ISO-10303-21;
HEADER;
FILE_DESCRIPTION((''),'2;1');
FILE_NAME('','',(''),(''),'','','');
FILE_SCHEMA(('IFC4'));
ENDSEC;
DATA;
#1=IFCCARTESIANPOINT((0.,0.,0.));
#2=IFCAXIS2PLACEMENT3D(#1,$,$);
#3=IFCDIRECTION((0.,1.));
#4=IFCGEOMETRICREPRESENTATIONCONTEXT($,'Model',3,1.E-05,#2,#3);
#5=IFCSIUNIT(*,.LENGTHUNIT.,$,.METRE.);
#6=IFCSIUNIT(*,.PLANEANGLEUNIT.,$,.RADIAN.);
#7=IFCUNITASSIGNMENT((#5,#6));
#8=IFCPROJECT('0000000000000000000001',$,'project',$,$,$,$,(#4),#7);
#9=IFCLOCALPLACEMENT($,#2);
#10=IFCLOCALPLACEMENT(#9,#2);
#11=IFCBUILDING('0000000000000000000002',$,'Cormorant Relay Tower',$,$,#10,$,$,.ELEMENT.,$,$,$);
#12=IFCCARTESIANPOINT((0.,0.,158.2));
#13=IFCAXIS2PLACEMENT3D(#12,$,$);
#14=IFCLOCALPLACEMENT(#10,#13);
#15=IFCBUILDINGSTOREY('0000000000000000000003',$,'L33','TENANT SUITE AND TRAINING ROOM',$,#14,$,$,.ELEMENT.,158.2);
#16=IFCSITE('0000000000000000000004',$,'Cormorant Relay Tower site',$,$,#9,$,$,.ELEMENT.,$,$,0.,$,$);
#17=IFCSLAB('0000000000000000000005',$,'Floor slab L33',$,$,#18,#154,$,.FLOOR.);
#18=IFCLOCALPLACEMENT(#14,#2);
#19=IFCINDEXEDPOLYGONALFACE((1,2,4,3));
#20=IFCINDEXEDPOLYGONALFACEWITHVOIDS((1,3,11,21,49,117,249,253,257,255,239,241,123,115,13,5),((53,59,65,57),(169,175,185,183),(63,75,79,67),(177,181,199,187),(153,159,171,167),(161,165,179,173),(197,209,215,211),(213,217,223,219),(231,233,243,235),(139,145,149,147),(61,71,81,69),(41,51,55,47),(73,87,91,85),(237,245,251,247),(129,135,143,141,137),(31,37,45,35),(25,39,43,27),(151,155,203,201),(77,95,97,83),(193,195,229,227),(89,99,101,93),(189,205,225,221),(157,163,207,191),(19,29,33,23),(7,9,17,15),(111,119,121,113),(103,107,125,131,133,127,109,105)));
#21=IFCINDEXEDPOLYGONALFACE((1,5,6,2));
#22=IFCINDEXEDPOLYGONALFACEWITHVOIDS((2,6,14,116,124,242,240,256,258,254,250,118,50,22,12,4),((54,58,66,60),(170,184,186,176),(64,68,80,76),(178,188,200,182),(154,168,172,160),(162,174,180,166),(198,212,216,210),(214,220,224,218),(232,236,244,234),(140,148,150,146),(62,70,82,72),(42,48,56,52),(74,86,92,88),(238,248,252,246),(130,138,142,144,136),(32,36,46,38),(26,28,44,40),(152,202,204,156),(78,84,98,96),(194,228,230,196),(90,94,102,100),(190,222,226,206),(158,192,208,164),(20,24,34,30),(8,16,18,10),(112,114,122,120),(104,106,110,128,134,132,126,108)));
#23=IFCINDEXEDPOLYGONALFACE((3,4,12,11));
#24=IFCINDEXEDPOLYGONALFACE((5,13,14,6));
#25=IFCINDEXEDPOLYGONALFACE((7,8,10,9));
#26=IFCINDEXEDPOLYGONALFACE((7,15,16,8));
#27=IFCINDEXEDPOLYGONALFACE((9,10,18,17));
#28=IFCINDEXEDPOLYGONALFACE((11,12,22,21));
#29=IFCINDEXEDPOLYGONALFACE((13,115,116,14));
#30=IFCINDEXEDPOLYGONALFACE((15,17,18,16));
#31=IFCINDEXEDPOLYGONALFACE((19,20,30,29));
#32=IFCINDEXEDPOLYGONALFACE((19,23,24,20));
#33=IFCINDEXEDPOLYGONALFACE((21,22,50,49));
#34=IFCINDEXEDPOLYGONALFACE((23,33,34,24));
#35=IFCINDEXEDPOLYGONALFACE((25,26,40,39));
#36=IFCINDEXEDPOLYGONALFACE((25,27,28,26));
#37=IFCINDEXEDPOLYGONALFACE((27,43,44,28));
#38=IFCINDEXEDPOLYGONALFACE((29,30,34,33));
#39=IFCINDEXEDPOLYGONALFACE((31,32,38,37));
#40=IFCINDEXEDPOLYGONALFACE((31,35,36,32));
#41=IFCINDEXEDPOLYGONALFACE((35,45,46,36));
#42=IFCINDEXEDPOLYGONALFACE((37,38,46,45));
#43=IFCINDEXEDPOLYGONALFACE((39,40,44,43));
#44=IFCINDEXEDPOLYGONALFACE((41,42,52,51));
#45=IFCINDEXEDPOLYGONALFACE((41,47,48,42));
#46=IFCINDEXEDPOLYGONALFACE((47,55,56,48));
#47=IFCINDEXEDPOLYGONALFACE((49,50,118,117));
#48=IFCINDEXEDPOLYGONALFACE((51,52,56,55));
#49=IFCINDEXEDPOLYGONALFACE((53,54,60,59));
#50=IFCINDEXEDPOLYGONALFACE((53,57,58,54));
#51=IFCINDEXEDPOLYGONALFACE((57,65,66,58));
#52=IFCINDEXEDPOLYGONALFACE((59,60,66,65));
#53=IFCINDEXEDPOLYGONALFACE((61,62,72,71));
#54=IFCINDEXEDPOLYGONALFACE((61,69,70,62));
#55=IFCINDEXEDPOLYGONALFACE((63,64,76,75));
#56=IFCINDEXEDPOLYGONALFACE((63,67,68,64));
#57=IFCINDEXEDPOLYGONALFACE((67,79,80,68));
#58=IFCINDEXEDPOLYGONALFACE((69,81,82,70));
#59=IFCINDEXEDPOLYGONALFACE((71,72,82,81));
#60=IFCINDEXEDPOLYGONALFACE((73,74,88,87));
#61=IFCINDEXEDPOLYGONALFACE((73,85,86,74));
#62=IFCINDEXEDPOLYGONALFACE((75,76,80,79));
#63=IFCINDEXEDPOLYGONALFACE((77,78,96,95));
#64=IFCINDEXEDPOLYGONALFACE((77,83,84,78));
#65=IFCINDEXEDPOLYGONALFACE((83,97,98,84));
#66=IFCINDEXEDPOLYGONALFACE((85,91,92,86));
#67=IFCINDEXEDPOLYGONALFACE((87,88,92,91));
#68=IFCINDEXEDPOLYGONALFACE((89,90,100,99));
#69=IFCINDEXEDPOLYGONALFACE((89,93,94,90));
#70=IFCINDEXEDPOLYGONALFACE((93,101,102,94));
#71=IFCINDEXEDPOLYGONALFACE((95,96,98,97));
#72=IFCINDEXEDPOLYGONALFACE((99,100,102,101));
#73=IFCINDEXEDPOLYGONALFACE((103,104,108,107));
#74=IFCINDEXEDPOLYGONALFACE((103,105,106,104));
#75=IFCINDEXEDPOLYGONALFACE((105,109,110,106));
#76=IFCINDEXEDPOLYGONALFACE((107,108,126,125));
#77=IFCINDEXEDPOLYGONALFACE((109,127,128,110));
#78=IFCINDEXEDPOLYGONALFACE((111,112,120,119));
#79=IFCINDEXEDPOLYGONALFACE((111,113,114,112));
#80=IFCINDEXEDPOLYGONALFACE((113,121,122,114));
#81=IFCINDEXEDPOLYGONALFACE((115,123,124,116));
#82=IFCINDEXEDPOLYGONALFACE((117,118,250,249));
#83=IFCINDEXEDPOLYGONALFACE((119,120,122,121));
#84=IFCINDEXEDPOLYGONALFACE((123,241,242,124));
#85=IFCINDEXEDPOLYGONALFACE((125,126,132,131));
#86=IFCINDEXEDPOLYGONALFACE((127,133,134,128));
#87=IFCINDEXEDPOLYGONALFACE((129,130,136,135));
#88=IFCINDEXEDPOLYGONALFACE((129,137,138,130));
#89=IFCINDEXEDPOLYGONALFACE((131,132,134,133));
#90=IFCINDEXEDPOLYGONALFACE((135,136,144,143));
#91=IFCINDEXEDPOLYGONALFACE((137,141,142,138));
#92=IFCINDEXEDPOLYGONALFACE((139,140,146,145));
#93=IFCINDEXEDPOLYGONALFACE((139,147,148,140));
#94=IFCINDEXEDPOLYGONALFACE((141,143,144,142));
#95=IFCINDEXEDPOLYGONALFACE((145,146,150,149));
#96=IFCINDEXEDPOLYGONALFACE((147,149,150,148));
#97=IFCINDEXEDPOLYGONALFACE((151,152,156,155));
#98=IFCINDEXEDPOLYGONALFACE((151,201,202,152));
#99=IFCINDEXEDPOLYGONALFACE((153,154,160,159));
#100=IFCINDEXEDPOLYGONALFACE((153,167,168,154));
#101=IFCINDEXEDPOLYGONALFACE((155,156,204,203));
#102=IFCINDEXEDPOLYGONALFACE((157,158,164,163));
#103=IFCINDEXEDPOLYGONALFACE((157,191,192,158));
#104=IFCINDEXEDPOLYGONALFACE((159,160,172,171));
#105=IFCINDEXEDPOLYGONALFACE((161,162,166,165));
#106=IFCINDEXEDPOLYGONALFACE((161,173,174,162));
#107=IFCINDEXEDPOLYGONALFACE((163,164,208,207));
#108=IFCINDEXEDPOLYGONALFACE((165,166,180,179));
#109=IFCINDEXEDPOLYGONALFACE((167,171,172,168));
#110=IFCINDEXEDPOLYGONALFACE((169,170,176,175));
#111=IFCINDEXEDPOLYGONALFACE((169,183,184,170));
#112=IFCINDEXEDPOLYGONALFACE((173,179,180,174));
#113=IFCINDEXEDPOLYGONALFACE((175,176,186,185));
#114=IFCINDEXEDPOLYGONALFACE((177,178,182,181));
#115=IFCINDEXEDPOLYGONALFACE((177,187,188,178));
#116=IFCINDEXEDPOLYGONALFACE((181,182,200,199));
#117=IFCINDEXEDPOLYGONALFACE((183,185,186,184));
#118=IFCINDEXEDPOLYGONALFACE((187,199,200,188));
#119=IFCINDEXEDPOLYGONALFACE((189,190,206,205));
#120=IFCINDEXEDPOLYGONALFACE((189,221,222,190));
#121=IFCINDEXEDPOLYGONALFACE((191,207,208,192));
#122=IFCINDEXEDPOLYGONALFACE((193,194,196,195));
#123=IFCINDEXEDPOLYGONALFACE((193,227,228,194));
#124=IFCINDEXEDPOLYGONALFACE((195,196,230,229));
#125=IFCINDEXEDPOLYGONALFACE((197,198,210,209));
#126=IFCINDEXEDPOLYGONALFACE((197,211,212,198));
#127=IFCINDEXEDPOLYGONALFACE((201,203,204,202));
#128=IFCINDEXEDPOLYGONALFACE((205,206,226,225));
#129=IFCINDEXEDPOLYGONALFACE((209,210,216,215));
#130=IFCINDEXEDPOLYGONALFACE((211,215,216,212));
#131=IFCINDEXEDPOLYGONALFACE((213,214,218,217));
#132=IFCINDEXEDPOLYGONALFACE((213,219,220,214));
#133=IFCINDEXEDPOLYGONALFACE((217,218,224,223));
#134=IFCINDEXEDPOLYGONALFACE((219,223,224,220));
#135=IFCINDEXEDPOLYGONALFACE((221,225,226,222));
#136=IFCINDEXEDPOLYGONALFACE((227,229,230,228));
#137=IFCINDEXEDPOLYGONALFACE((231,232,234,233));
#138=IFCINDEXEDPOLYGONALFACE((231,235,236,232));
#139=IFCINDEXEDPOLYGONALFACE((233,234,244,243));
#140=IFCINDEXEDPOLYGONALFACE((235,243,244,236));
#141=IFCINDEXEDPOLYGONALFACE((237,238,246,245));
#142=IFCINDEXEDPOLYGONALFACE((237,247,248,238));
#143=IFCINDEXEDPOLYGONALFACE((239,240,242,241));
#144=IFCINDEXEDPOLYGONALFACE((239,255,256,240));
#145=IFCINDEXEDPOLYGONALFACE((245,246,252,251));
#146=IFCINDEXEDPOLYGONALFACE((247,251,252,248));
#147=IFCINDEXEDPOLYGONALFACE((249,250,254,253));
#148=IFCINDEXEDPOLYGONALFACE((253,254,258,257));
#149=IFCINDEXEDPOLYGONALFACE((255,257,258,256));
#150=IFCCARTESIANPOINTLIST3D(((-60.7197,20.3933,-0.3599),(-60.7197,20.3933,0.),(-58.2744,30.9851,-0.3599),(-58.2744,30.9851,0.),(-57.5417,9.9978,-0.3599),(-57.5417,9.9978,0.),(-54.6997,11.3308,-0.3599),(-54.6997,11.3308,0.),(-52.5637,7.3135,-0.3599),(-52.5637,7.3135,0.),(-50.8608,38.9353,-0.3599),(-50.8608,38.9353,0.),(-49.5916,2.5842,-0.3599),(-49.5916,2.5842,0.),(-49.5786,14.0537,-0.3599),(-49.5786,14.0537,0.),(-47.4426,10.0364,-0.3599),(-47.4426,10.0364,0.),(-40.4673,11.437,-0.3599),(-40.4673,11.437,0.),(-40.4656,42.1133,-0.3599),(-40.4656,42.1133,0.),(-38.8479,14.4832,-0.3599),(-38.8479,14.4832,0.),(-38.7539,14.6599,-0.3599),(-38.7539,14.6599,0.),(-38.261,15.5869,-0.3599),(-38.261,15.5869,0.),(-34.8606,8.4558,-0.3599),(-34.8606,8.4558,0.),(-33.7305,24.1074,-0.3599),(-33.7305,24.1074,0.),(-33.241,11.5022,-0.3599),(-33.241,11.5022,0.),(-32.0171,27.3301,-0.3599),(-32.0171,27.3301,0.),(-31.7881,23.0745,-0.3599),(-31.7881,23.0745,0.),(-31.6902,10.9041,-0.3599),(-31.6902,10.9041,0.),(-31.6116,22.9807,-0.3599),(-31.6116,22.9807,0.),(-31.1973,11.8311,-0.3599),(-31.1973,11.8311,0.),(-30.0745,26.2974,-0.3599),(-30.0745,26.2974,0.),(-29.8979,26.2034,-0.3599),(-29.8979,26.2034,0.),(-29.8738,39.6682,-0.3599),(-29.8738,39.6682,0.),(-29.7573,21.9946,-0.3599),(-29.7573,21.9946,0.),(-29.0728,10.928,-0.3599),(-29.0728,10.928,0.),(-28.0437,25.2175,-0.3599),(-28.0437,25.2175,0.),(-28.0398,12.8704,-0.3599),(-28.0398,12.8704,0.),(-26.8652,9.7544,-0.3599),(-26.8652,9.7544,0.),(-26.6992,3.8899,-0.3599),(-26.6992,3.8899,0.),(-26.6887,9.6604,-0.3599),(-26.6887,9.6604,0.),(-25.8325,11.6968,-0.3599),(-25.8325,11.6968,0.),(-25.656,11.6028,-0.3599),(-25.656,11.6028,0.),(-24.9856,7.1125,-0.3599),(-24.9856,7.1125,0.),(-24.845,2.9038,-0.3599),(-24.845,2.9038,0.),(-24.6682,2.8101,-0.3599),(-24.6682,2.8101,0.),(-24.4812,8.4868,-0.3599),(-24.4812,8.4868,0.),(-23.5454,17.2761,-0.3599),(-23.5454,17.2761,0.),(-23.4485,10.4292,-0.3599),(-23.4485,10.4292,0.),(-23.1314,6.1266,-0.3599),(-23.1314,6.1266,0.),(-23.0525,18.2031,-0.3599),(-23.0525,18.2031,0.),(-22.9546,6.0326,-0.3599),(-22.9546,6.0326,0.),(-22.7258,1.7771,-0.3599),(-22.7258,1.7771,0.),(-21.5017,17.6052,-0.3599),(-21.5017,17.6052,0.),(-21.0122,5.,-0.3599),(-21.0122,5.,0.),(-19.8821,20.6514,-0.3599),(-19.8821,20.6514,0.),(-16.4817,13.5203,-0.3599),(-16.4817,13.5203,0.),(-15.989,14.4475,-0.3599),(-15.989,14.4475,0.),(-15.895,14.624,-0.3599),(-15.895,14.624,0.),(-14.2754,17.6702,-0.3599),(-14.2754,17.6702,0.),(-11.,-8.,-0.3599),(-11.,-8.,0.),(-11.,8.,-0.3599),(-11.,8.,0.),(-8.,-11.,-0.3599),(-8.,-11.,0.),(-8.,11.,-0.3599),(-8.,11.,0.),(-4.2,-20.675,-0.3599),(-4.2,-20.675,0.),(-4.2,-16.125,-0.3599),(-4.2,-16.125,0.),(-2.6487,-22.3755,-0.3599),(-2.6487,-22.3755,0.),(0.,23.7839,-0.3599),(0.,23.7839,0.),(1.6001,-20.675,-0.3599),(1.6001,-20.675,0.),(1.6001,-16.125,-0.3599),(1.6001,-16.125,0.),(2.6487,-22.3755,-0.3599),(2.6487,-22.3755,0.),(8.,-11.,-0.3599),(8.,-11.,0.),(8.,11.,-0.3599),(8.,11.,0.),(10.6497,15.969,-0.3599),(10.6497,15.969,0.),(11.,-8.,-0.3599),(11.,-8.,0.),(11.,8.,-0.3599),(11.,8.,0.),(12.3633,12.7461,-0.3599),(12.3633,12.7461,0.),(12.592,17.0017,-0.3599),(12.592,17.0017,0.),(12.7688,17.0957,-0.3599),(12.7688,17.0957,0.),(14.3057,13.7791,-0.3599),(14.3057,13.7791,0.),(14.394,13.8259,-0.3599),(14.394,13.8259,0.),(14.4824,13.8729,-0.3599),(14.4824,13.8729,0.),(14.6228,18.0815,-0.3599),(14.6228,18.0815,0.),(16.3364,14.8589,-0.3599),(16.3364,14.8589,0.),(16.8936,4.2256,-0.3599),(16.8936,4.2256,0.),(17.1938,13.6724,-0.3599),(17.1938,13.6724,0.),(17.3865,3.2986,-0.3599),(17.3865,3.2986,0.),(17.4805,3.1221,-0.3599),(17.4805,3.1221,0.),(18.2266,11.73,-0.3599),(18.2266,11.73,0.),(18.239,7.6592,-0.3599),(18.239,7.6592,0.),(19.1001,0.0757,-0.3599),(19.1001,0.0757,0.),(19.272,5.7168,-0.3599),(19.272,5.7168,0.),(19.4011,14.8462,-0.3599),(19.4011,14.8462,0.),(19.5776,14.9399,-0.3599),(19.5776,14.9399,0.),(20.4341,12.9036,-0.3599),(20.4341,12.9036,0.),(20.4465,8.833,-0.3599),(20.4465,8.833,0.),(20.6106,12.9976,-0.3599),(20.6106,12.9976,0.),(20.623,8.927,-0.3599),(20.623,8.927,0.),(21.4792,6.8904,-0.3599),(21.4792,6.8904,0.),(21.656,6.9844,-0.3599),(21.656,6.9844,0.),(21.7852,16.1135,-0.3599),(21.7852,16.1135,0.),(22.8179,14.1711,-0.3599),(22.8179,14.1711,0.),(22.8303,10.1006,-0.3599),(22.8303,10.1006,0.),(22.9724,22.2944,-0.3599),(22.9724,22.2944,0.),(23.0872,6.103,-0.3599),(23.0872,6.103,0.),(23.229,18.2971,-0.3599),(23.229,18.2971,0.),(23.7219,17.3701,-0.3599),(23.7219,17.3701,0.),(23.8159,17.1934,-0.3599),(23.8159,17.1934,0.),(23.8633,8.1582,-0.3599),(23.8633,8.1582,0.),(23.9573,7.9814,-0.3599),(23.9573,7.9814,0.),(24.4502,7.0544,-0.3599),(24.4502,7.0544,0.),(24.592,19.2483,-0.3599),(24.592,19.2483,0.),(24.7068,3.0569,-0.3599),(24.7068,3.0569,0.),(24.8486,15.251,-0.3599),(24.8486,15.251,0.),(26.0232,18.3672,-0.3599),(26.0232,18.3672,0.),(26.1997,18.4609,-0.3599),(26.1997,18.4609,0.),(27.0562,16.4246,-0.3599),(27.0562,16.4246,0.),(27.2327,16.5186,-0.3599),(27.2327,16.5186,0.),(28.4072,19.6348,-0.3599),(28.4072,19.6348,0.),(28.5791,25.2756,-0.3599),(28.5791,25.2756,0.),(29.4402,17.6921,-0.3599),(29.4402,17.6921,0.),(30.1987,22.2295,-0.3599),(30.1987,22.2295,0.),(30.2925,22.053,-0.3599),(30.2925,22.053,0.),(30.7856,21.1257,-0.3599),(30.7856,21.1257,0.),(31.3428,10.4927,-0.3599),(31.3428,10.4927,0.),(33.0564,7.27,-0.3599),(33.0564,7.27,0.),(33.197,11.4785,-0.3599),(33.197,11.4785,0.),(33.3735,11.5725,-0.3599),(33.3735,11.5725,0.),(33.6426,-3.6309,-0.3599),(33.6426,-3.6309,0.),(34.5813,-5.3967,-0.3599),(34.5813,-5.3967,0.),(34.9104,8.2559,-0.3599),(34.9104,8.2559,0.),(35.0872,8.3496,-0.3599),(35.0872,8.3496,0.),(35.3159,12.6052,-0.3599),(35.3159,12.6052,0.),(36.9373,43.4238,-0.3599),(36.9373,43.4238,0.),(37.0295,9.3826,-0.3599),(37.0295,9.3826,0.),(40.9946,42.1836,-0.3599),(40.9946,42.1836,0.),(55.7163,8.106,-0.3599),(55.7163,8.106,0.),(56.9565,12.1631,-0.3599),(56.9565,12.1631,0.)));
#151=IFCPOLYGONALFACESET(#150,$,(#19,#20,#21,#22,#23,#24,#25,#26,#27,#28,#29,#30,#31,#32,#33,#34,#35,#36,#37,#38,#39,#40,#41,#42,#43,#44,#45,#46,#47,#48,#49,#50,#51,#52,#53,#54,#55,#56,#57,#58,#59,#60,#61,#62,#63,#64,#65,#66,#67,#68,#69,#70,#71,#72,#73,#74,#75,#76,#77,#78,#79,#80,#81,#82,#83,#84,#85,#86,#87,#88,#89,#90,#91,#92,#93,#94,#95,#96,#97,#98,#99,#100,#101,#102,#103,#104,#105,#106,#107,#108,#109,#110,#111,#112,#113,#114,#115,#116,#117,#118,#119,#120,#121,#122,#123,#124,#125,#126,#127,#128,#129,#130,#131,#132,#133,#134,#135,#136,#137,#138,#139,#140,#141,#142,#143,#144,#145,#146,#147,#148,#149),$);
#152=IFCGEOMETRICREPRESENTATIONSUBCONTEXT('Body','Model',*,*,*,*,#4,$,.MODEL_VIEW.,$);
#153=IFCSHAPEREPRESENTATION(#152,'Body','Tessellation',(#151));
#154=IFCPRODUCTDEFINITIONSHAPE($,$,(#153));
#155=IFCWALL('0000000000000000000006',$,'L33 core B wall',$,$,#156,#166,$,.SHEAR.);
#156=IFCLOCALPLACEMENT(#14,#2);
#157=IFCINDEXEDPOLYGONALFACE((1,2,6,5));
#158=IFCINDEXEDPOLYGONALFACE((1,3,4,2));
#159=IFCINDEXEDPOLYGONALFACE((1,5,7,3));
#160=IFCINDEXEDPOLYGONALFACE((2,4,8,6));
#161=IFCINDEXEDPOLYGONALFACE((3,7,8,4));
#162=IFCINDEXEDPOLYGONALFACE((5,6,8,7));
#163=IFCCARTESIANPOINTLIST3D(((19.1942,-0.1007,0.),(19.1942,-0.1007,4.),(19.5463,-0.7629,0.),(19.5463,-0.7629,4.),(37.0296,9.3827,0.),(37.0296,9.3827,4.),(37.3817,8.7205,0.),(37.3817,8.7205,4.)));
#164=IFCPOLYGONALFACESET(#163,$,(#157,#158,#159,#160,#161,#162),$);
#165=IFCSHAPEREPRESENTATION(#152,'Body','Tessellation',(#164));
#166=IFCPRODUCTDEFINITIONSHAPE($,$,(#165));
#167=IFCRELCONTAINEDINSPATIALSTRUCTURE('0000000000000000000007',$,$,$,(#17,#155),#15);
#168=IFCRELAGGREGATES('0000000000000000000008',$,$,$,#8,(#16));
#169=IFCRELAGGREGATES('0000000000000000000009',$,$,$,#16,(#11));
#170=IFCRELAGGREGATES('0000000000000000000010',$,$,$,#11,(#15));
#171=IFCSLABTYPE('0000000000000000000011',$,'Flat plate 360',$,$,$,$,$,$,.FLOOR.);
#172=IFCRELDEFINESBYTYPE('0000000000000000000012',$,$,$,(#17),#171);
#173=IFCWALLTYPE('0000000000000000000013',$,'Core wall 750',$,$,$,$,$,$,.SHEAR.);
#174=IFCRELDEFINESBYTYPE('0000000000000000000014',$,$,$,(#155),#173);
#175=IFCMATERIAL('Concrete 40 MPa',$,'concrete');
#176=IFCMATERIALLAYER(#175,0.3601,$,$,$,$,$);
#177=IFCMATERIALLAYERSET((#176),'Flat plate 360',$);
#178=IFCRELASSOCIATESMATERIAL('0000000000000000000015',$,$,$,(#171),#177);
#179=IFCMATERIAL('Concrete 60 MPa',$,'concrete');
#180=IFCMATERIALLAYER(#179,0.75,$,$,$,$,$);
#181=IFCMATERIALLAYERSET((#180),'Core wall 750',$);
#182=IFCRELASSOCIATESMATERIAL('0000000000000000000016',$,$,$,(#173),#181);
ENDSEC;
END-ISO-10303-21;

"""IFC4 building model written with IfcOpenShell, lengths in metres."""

from ifc_helpers import new_model, si_unit, direction, frame, frame_2d, origin, place, context, subcontext, project, spatial, polyline, rectangle, outline, extrude, material, layer, layer_set, type_object, element, save


model = new_model("IFC4")

# Units and contexts
model_context = context("Model", 3, precision=1e-05, world=origin(), true_north=direction((0.0, 1.0)))
body_context = subcontext(model_context, "Body", "Model", "MODEL_VIEW")
ifc_project = project(units=[si_unit("LENGTHUNIT", "METRE"), si_unit("PLANEANGLEUNIT", "RADIAN")], contexts=[model_context])

# Site, building, storey
site_placement = place(None, origin())
site = spatial("IfcSite", under=ifc_project, at=site_placement, Name="Cormorant Relay Tower site", CompositionType="ELEMENT", RefElevation=0.0)
building_placement = place(site_placement, origin())
building = spatial("IfcBuilding", under=site, at=building_placement, Name="Cormorant Relay Tower", CompositionType="ELEMENT")
storey_placement = place(building_placement, frame((0.0, 0.0, 158.2)))
storey = spatial("IfcBuildingStorey", under=building, at=storey_placement, Name="L33", Description="TENANT SUITE AND TRAINING ROOM", CompositionType="ELEMENT", Elevation=158.2)

# Slab
ifc_material_1 = material(Name="Concrete 40 MPa", Category="concrete")
ifc_layer_1 = layer(ifc_material_1, 0.3601)
ifc_layer_set_1 = layer_set([ifc_layer_1], Name="Flat plate 360")
slab_type = type_object("IfcSlabType", Name="Flat plate 360", PredefinedType="FLOOR", material=ifc_layer_set_1)
slab_placement = place(storey_placement, frame((0.0, 0.0, -0.3599)))
element("IfcSlab", 1, at=slab_placement, inside=storey, type_object=slab_type, Name="Floor slab L33", PredefinedType="FLOOR", context=body_context, shape_type="SweptSolid", body=[
    extrude(outline(polyline([(-60.7197, 20.3933), (-58.2744, 30.9851), (-50.8608, 38.9353), (-40.4656, 42.1133), (-29.8738, 39.6682), (0.0, 23.7839), (36.9373, 43.4238), (40.9946, 42.1836), (56.9565, 12.1631), (55.7163, 8.106), (33.6426, -3.6309), (34.5813, -5.3967), (2.6487, -22.3755), (-2.6487, -22.3755), (-49.5916, 2.5842), (-57.5417, 9.9978), (-60.7197, 20.3933)]), holes=[polyline([(11.0, -8.0), (11.0, 8.0), (8.0, 11.0), (-8.0, 11.0), (-11.0, 8.0), (-11.0, -8.0), (-8.0, -11.0), (8.0, -11.0), (11.0, -8.0)]), polyline([(-4.2, -16.125), (-4.2, -20.675), (1.6001, -20.675), (1.6001, -16.125), (-4.2, -16.125)]), polyline([(-22.9546, 6.0327), (-24.6682, 2.8101), (-22.7258, 1.7771), (-21.0122, 5.0), (-23.043, 6.0796), (-22.9546, 6.0327)]), polyline([(-24.9856, 7.1125), (-26.6992, 3.8899), (-24.845, 2.9038), (-23.1313, 6.1267), (-23.043, 6.0796), (-24.9856, 7.1125)]), polyline([(-26.6887, 9.6604), (-24.4812, 8.4868), (-23.4485, 10.4292), (-25.656, 11.6028), (-26.6887, 9.6604)]), polyline([(-49.5786, 14.0537), (-54.6997, 11.3308), (-52.5637, 7.3135), (-47.4426, 10.0364), (-49.5786, 14.0537)]), polyline([(-28.0398, 12.8704), (-29.0728, 10.928), (-26.8652, 9.7544), (-25.8325, 11.6968), (-28.0398, 12.8704)]), polyline([(-38.8479, 14.4832), (-40.4673, 11.437), (-34.8606, 8.4558), (-33.241, 11.5022), (-38.8479, 14.4832)]), polyline([(-38.261, 15.5869), (-38.7539, 14.6599), (-31.6902, 10.9041), (-31.1973, 11.8311), (-38.261, 15.5869)]), polyline([(14.3057, 13.7791), (12.592, 17.0017), (10.6497, 15.969), (12.3633, 12.7461), (14.394, 13.8259), (14.3057, 13.7791)]), polyline([(16.3364, 14.8589), (14.6228, 18.0815), (12.7688, 17.0957), (14.4824, 13.8728), (14.394, 13.8259), (16.3364, 14.8589)]), polyline([(-16.4817, 13.5203), (-15.989, 14.4475), (-23.0525, 18.2031), (-23.5454, 17.2761), (-16.4817, 13.5203)]), polyline([(-21.5017, 17.6052), (-15.895, 14.624), (-14.2754, 17.6702), (-19.8821, 20.6514), (-21.5017, 17.6052)]), polyline([(-31.6116, 22.9807), (-29.7573, 21.9946), (-28.0437, 25.2175), (-29.8979, 26.2034), (-31.6116, 22.9807)]), polyline([(-32.0171, 27.3301), (-33.7305, 24.1074), (-31.7881, 23.0745), (-30.0745, 26.2974), (-32.0171, 27.3301)]), polyline([(17.4805, 3.1221), (19.1001, 0.0757), (24.7068, 3.0569), (23.0872, 6.103), (17.4805, 3.1221)]), polyline([(16.8936, 4.2256), (17.3865, 3.2986), (24.4502, 7.0544), (23.9573, 7.9814), (16.8936, 4.2256)]), polyline([(20.4465, 8.833), (18.239, 7.6592), (19.272, 5.7168), (21.4792, 6.8904), (20.4465, 8.833)]), polyline([(20.623, 8.927), (21.656, 6.9844), (23.8633, 8.1582), (22.8303, 10.1006), (20.623, 8.927)]), polyline([(33.197, 11.4785), (31.3428, 10.4927), (33.0564, 7.27), (34.9104, 8.2559), (33.197, 11.4785)]), polyline([(33.3735, 11.5725), (35.0872, 8.3496), (37.0295, 9.3826), (35.3159, 12.6052), (33.3735, 11.5725)]), polyline([(19.4011, 14.8462), (17.1938, 13.6724), (18.2266, 11.73), (20.4341, 12.9036), (19.4011, 14.8462)]), polyline([(22.8179, 14.1711), (21.7852, 16.1135), (19.5776, 14.9399), (20.6106, 12.9976), (22.8179, 14.1711)]), polyline([(26.0232, 18.3672), (23.8159, 17.1934), (24.8486, 15.251), (27.0562, 16.4246), (26.0232, 18.3672)]), polyline([(29.4402, 17.6921), (28.4072, 19.6348), (26.1997, 18.4609), (27.2327, 16.5186), (29.4402, 17.6921)]), polyline([(30.7856, 21.1257), (30.2925, 22.053), (23.229, 18.2971), (23.7219, 17.3701), (30.7856, 21.1257)]), polyline([(24.592, 19.2483), (30.1987, 22.2295), (28.5791, 25.2756), (22.9724, 22.2944), (24.592, 19.2483)])]), origin(), (0.0, 0.0, 1.0), 0.3599),
])

# Shared definitions
ifc_material_2 = material(Name="Concrete 60 MPa", Category="concrete")
ifc_layer_2 = layer(ifc_material_2, 0.75)
ifc_layer_set_2 = layer_set([ifc_layer_2], Name="Core wall 750")
wall_type_1 = type_object("IfcWallType", Name="Core wall 750", PredefinedType="SHEAR", material=ifc_layer_set_2)

# Wall
wall_1_placement = place(storey_placement, frame((19.3701, -0.4319, 0.0), z_axis=(0.0, 0.0, 1.0), x_axis=(0.882945, 0.469476, 0.0)))
element("IfcWall", 2, at=wall_1_placement, inside=storey, type_object=wall_type_1, Name="L33 core B wall", PredefinedType="SHEAR", context=body_context, shape_type="SweptSolid", body=[
    extrude(rectangle(XDim=20.2, YDim=0.75, at=frame_2d((10.1001, 0.0))), origin(), (0.0, 0.0, 1.0), 4.0),
])

save(model, "model.ifc")
